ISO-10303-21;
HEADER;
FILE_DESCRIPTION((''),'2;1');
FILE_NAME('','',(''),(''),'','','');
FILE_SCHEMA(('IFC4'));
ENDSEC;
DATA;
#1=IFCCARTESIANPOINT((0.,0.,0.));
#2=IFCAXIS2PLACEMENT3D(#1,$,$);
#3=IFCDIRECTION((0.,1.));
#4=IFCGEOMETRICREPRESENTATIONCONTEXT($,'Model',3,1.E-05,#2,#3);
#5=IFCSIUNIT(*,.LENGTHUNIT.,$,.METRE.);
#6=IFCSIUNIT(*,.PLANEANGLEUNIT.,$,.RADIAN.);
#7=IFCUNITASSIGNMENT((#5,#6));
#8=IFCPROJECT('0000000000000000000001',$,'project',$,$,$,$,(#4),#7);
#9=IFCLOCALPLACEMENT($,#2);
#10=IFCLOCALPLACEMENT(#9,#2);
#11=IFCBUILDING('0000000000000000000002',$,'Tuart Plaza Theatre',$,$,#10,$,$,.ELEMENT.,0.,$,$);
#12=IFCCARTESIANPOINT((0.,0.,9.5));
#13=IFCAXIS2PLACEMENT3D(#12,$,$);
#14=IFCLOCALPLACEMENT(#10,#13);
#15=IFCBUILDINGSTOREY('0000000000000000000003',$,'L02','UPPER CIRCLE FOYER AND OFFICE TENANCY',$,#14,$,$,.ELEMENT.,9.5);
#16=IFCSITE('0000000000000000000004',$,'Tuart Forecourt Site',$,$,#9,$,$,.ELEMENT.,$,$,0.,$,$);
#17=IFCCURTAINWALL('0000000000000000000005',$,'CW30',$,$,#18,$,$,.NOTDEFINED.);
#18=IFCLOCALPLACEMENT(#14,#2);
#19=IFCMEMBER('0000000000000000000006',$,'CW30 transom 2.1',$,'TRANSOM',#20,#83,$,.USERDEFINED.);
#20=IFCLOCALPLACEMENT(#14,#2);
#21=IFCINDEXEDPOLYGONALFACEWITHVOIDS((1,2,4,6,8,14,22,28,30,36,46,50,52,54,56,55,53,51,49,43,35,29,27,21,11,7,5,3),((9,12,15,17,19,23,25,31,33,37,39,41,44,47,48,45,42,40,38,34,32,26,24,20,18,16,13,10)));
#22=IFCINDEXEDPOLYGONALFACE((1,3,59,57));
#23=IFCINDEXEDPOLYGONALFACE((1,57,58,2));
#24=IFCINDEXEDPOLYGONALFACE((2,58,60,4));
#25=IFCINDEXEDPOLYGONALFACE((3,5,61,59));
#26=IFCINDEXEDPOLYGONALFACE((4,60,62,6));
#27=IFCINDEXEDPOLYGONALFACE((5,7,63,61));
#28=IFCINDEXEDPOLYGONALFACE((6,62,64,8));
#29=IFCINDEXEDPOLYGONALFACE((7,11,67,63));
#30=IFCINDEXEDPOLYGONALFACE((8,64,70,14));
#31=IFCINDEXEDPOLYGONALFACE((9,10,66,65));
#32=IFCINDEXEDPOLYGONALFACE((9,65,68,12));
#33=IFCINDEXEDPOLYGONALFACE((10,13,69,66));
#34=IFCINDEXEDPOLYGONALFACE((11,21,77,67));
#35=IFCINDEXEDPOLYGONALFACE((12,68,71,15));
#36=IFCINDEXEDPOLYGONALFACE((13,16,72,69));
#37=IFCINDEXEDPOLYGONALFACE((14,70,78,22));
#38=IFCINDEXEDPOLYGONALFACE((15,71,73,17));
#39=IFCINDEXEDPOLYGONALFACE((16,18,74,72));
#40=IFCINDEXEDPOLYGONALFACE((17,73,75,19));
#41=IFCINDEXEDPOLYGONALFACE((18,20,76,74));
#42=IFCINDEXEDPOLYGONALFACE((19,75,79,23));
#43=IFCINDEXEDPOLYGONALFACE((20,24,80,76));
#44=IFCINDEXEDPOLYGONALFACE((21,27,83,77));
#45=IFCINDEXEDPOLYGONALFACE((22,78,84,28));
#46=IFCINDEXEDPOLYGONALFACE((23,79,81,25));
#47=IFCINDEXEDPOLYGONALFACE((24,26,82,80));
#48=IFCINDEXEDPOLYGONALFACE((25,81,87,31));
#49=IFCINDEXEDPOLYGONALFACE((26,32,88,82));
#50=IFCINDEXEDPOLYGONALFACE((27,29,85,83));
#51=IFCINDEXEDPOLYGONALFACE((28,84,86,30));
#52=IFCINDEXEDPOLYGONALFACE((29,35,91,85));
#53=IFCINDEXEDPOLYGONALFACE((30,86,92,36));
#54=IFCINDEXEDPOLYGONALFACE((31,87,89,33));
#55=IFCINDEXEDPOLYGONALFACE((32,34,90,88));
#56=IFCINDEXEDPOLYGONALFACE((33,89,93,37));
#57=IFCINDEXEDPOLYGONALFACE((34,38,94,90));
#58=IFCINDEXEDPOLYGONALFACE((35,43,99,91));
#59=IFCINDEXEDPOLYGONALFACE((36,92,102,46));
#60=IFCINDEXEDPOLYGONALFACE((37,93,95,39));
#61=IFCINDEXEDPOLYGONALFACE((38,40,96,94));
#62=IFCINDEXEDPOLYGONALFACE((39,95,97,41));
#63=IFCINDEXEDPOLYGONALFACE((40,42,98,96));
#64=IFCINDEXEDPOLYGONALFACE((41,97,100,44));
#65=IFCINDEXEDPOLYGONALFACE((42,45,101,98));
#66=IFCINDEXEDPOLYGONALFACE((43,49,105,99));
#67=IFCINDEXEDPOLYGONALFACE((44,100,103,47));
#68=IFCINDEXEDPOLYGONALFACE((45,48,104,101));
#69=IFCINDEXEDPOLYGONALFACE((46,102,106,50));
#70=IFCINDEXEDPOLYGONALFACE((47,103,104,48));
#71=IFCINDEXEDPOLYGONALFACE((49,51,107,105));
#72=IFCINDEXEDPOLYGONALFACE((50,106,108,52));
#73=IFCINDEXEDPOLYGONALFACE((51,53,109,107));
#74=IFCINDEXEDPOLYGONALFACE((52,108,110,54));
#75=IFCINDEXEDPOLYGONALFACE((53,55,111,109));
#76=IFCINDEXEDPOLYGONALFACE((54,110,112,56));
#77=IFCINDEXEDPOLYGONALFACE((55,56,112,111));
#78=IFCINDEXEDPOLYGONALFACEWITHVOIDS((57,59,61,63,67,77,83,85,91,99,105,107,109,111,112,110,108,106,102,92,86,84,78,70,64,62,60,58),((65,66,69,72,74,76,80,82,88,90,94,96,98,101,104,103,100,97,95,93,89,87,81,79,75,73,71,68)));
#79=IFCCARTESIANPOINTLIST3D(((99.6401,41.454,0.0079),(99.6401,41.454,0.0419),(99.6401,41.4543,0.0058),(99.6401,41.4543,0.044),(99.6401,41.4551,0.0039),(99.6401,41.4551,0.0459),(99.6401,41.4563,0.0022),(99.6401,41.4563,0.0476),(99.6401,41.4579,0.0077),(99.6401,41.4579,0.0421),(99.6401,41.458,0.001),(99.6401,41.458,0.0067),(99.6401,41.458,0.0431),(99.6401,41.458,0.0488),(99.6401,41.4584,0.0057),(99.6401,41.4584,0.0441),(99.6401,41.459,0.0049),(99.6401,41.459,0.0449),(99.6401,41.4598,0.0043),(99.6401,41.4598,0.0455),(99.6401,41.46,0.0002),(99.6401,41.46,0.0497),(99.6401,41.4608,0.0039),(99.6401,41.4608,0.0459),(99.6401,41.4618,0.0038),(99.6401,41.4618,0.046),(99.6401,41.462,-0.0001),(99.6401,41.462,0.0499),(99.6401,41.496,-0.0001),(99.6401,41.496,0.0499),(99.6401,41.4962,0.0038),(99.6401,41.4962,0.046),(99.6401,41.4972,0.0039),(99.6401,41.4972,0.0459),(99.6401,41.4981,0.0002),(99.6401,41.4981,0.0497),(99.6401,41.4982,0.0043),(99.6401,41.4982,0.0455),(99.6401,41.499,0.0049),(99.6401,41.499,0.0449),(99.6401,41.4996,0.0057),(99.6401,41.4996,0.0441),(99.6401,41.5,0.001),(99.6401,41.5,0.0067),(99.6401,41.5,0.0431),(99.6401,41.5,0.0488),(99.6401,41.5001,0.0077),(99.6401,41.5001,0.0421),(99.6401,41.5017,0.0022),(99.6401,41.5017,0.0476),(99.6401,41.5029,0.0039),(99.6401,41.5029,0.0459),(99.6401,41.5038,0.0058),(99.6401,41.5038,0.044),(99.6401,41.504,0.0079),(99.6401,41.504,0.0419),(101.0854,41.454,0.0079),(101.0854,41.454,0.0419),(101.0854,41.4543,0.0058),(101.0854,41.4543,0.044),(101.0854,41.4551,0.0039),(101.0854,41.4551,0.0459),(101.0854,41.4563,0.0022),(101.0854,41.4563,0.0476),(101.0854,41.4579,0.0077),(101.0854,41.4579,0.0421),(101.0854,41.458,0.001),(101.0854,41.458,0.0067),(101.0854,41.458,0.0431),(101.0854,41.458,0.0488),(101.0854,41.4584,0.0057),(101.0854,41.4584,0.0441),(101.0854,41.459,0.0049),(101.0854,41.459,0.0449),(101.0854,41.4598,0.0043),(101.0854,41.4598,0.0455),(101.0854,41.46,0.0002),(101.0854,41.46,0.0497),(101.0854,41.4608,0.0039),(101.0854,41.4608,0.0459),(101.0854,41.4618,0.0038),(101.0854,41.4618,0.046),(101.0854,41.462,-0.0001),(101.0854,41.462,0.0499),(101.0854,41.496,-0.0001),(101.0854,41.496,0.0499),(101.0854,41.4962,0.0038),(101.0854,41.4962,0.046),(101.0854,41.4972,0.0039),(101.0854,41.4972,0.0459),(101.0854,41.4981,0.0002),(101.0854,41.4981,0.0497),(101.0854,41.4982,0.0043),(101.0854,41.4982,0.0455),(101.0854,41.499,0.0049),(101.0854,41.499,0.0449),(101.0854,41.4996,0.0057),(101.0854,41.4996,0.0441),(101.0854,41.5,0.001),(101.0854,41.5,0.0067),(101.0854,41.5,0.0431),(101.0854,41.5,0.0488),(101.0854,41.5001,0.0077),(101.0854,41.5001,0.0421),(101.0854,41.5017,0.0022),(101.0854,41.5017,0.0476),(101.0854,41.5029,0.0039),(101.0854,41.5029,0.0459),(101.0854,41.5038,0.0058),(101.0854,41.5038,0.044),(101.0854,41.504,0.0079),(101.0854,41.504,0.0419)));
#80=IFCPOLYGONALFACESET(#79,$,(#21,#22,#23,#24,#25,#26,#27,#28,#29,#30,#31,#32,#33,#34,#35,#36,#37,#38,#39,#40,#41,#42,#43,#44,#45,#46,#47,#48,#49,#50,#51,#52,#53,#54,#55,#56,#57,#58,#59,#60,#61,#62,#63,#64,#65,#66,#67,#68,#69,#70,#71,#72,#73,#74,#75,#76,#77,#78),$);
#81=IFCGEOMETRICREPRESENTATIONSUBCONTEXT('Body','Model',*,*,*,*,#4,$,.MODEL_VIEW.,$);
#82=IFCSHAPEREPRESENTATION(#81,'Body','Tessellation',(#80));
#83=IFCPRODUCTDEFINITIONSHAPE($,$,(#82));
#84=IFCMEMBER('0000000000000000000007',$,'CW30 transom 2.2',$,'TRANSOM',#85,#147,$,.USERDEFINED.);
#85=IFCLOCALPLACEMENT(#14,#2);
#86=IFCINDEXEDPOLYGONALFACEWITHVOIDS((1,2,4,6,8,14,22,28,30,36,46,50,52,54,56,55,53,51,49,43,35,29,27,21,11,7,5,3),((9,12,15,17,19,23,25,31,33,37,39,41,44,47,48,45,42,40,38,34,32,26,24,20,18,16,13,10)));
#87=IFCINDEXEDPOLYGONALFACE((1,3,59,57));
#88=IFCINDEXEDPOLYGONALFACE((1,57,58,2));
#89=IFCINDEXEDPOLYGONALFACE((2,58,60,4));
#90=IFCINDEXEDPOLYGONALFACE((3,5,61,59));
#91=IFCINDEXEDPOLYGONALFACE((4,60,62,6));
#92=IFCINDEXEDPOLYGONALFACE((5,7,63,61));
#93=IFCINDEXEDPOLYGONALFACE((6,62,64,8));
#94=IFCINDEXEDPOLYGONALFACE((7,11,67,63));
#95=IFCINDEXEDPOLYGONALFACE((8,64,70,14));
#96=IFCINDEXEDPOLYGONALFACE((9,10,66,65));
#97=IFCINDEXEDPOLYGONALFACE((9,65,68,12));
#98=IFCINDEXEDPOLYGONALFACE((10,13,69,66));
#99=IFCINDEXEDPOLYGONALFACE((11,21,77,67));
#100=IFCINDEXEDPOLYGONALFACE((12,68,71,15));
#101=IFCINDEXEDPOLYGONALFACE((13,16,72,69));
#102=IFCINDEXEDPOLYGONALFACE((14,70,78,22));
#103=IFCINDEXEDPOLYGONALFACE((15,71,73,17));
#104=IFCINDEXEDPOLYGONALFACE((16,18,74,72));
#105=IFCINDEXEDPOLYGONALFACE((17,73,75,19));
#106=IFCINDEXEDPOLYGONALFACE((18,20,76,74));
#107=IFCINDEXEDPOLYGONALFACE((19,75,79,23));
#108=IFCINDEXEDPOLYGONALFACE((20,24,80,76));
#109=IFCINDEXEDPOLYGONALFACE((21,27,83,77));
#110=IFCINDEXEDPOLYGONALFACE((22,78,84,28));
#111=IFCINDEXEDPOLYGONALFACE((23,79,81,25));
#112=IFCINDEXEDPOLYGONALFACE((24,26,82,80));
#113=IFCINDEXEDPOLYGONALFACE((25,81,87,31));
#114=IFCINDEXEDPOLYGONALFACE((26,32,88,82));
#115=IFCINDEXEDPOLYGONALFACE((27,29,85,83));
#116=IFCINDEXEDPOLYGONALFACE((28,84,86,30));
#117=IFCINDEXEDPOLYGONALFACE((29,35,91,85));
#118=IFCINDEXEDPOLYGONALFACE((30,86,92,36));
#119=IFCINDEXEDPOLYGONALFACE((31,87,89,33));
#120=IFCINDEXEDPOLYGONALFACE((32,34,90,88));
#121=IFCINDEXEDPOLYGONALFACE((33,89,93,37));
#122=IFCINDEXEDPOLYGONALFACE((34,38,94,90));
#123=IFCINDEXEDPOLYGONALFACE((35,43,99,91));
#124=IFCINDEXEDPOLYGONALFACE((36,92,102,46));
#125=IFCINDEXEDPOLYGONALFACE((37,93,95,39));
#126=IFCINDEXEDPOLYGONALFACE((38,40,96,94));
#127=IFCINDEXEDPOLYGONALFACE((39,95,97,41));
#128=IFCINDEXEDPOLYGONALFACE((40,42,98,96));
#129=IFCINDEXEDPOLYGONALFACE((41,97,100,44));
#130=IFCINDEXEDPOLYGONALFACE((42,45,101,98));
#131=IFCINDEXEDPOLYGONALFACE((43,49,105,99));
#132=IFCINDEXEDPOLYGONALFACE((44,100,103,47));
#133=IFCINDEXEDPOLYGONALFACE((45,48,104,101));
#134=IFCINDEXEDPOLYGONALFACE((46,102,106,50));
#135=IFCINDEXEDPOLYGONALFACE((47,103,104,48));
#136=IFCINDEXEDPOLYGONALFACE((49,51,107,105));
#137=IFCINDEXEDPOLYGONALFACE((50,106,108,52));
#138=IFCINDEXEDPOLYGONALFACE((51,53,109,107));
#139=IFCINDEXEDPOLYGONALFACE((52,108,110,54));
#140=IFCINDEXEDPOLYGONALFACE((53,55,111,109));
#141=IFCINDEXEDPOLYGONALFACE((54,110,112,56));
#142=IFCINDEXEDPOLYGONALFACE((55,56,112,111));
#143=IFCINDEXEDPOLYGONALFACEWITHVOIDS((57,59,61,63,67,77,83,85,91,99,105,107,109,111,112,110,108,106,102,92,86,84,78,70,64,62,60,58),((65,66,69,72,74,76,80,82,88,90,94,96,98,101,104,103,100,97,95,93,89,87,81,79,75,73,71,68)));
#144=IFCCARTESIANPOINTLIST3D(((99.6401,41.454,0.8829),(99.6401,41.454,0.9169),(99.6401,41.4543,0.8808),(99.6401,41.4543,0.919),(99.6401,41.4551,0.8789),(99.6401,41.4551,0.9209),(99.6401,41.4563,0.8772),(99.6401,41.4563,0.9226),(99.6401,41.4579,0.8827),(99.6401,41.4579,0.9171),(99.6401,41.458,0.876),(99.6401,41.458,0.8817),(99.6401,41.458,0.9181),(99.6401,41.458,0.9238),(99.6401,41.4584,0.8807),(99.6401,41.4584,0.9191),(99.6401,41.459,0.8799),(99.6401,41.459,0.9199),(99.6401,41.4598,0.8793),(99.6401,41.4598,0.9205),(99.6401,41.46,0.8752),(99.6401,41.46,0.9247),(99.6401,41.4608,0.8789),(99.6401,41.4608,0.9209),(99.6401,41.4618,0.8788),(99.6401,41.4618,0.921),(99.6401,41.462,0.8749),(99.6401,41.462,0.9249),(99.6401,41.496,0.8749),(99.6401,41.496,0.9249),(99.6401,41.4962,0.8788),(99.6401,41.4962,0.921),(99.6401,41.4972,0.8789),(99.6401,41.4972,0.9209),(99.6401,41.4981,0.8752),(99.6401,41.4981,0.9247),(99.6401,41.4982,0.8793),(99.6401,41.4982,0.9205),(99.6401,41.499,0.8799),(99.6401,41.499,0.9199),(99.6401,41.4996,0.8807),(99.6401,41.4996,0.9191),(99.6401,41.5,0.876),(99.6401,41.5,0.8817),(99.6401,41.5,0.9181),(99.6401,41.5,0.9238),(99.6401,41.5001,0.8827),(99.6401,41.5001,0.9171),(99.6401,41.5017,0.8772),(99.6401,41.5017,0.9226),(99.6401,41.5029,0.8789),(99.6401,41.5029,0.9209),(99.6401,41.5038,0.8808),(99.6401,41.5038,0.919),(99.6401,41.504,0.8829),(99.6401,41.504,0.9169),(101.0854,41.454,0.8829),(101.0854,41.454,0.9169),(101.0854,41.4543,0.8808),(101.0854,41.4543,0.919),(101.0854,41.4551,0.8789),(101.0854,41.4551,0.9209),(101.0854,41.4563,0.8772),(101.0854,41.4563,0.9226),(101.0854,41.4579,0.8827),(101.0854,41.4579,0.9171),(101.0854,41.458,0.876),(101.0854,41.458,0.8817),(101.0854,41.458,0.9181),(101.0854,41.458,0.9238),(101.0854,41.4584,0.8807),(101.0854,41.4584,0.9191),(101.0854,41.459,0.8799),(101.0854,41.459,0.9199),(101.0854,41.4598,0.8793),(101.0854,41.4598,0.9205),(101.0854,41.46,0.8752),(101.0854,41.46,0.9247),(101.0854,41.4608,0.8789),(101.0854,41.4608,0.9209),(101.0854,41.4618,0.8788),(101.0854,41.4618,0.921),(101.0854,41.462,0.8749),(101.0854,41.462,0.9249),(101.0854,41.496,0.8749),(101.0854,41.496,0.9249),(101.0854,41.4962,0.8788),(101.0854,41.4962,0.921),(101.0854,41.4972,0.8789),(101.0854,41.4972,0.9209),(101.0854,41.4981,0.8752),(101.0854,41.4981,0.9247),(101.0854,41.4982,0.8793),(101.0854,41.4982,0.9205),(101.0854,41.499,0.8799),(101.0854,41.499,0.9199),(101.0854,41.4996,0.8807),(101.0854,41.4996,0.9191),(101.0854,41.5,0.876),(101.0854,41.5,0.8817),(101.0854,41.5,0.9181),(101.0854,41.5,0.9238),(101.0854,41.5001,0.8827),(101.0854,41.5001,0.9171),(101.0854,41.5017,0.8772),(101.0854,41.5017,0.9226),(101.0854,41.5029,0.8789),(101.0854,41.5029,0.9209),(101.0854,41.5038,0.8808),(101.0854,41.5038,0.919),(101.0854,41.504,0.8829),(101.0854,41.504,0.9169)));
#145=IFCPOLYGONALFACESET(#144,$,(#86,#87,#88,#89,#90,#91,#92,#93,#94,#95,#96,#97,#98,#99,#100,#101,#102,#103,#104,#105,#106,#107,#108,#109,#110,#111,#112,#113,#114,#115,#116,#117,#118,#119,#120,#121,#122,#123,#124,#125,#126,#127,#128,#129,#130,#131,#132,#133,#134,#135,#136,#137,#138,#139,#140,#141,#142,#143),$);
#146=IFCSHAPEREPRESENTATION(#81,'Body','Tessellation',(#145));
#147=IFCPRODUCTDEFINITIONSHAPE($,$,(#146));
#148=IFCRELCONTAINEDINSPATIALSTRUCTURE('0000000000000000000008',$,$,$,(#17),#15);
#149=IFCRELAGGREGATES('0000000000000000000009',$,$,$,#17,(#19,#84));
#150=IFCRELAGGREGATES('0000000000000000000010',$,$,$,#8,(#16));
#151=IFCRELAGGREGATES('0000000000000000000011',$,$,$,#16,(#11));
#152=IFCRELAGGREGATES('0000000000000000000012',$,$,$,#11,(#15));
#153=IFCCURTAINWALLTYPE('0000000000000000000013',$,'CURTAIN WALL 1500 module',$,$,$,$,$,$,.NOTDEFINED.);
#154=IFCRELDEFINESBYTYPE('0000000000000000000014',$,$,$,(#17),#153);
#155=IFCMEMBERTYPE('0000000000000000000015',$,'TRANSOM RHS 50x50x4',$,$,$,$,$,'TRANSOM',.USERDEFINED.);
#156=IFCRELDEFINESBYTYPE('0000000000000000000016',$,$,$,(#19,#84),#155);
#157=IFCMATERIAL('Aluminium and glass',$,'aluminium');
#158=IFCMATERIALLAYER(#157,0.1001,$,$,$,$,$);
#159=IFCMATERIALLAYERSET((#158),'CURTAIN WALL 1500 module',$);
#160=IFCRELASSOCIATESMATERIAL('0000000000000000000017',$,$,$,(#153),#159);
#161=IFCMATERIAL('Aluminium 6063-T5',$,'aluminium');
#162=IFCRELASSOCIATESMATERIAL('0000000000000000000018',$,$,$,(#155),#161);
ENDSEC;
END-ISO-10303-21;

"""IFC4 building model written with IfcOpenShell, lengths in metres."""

from ifc_helpers import new_model, si_unit, direction, frame, origin, origin_2d, place, context, subcontext, project, spatial, hollow_rectangle, extrude, material, layer, layer_set, material_profile, profile_set, type_object, element, aggregate, save


model = new_model("IFC4")

# Units and contexts
model_context = context("Model", 3, precision=1e-05, world=origin(), true_north=direction((0.0, 1.0)))
body_context = subcontext(model_context, "Body", "Model", "MODEL_VIEW")
ifc_project = project(units=[si_unit("LENGTHUNIT", "METRE"), si_unit("PLANEANGLEUNIT", "RADIAN")], contexts=[model_context])

# Site, building, storey
site_placement = place(None, origin())
site = spatial("IfcSite", under=ifc_project, at=site_placement, Name="Tuart Forecourt Site", CompositionType="ELEMENT", RefElevation=0.0)
building_placement = place(site_placement, origin())
building = spatial("IfcBuilding", under=site, at=building_placement, Name="Tuart Plaza Theatre", CompositionType="ELEMENT", ElevationOfRefHeight=0.0)
storey_placement = place(building_placement, frame((0.0, 0.0, 9.5)))
storey = spatial("IfcBuildingStorey", under=building, at=storey_placement, Name="L02", Description="UPPER CIRCLE FOYER AND OFFICE TENANCY", CompositionType="ELEMENT", Elevation=9.5)

# Shared definitions
ifc_material_1 = material(Name="Aluminium and glass", Category="aluminium")
ifc_layer_1 = layer(ifc_material_1, 0.1001)
ifc_layer_set_1 = layer_set([ifc_layer_1], Name="CURTAIN WALL 1500 module")
curtain_wall_type = type_object("IfcCurtainWallType", Name="CURTAIN WALL 1500 module", PredefinedType="NOTDEFINED", material=ifc_layer_set_1)

# Curtain wall, members
curtain_wall_1_placement = place(storey_placement, origin())
curtain_wall_1 = element("IfcCurtainWall", 1, at=curtain_wall_1_placement, inside=storey, type_object=curtain_wall_type, Name="CW30", PredefinedType="NOTDEFINED")
ifc_material_2 = material(Name="Aluminium 6063-T5", Category="aluminium")
ifc_material_profile_1 = material_profile(ifc_material_2, hollow_rectangle(XDim=0.05, YDim=0.05, WallThickness=0.0039, InnerFilletRadius=0.0039, OuterFilletRadius=0.0081, at=origin_2d()), Name="RHS 50x50x4")
ifc_profile_set_1 = profile_set([ifc_material_profile_1], Name="Aluminium 6063-T5")
member_type_1 = type_object("IfcMemberType", Name="TRANSOM RHS 50x50x4", ElementType="TRANSOM", PredefinedType="USERDEFINED", material=ifc_profile_set_1)
member_1_placement = place(storey_placement, frame((99.6401, 41.479, 0.0249), z_axis=(1.0, 0.0, 0.0), x_axis=(0.0, 1.0, 0.0)))
member_1 = element("IfcMember", 2, at=member_1_placement, type_object=member_type_1, Name="CW30 transom 2.1", ObjectType="TRANSOM", PredefinedType="USERDEFINED", context=body_context, shape_type="SweptSolid", body=[
    extrude(hollow_rectangle(XDim=0.05, YDim=0.05, WallThickness=0.0039, InnerFilletRadius=0.0039, OuterFilletRadius=0.0081, at=origin_2d()), origin(), (0.0, 0.0, 1.0), 1.4453),
])
member_2_placement = place(storey_placement, frame((99.6401, 41.479, 0.8999), z_axis=(1.0, 0.0, 0.0), x_axis=(0.0, 1.0, 0.0)))
member_2 = element("IfcMember", 3, at=member_2_placement, type_object=member_type_1, Name="CW30 transom 2.2", ObjectType="TRANSOM", PredefinedType="USERDEFINED", context=body_context, shape_type="SweptSolid", body=[
    extrude(hollow_rectangle(XDim=0.05, YDim=0.05, WallThickness=0.0039, InnerFilletRadius=0.0039, OuterFilletRadius=0.0081, at=origin_2d()), origin(), (0.0, 0.0, 1.0), 1.4453),
])

aggregate(curtain_wall_1, [member_1, member_2])

save(model, "model.ifc")
